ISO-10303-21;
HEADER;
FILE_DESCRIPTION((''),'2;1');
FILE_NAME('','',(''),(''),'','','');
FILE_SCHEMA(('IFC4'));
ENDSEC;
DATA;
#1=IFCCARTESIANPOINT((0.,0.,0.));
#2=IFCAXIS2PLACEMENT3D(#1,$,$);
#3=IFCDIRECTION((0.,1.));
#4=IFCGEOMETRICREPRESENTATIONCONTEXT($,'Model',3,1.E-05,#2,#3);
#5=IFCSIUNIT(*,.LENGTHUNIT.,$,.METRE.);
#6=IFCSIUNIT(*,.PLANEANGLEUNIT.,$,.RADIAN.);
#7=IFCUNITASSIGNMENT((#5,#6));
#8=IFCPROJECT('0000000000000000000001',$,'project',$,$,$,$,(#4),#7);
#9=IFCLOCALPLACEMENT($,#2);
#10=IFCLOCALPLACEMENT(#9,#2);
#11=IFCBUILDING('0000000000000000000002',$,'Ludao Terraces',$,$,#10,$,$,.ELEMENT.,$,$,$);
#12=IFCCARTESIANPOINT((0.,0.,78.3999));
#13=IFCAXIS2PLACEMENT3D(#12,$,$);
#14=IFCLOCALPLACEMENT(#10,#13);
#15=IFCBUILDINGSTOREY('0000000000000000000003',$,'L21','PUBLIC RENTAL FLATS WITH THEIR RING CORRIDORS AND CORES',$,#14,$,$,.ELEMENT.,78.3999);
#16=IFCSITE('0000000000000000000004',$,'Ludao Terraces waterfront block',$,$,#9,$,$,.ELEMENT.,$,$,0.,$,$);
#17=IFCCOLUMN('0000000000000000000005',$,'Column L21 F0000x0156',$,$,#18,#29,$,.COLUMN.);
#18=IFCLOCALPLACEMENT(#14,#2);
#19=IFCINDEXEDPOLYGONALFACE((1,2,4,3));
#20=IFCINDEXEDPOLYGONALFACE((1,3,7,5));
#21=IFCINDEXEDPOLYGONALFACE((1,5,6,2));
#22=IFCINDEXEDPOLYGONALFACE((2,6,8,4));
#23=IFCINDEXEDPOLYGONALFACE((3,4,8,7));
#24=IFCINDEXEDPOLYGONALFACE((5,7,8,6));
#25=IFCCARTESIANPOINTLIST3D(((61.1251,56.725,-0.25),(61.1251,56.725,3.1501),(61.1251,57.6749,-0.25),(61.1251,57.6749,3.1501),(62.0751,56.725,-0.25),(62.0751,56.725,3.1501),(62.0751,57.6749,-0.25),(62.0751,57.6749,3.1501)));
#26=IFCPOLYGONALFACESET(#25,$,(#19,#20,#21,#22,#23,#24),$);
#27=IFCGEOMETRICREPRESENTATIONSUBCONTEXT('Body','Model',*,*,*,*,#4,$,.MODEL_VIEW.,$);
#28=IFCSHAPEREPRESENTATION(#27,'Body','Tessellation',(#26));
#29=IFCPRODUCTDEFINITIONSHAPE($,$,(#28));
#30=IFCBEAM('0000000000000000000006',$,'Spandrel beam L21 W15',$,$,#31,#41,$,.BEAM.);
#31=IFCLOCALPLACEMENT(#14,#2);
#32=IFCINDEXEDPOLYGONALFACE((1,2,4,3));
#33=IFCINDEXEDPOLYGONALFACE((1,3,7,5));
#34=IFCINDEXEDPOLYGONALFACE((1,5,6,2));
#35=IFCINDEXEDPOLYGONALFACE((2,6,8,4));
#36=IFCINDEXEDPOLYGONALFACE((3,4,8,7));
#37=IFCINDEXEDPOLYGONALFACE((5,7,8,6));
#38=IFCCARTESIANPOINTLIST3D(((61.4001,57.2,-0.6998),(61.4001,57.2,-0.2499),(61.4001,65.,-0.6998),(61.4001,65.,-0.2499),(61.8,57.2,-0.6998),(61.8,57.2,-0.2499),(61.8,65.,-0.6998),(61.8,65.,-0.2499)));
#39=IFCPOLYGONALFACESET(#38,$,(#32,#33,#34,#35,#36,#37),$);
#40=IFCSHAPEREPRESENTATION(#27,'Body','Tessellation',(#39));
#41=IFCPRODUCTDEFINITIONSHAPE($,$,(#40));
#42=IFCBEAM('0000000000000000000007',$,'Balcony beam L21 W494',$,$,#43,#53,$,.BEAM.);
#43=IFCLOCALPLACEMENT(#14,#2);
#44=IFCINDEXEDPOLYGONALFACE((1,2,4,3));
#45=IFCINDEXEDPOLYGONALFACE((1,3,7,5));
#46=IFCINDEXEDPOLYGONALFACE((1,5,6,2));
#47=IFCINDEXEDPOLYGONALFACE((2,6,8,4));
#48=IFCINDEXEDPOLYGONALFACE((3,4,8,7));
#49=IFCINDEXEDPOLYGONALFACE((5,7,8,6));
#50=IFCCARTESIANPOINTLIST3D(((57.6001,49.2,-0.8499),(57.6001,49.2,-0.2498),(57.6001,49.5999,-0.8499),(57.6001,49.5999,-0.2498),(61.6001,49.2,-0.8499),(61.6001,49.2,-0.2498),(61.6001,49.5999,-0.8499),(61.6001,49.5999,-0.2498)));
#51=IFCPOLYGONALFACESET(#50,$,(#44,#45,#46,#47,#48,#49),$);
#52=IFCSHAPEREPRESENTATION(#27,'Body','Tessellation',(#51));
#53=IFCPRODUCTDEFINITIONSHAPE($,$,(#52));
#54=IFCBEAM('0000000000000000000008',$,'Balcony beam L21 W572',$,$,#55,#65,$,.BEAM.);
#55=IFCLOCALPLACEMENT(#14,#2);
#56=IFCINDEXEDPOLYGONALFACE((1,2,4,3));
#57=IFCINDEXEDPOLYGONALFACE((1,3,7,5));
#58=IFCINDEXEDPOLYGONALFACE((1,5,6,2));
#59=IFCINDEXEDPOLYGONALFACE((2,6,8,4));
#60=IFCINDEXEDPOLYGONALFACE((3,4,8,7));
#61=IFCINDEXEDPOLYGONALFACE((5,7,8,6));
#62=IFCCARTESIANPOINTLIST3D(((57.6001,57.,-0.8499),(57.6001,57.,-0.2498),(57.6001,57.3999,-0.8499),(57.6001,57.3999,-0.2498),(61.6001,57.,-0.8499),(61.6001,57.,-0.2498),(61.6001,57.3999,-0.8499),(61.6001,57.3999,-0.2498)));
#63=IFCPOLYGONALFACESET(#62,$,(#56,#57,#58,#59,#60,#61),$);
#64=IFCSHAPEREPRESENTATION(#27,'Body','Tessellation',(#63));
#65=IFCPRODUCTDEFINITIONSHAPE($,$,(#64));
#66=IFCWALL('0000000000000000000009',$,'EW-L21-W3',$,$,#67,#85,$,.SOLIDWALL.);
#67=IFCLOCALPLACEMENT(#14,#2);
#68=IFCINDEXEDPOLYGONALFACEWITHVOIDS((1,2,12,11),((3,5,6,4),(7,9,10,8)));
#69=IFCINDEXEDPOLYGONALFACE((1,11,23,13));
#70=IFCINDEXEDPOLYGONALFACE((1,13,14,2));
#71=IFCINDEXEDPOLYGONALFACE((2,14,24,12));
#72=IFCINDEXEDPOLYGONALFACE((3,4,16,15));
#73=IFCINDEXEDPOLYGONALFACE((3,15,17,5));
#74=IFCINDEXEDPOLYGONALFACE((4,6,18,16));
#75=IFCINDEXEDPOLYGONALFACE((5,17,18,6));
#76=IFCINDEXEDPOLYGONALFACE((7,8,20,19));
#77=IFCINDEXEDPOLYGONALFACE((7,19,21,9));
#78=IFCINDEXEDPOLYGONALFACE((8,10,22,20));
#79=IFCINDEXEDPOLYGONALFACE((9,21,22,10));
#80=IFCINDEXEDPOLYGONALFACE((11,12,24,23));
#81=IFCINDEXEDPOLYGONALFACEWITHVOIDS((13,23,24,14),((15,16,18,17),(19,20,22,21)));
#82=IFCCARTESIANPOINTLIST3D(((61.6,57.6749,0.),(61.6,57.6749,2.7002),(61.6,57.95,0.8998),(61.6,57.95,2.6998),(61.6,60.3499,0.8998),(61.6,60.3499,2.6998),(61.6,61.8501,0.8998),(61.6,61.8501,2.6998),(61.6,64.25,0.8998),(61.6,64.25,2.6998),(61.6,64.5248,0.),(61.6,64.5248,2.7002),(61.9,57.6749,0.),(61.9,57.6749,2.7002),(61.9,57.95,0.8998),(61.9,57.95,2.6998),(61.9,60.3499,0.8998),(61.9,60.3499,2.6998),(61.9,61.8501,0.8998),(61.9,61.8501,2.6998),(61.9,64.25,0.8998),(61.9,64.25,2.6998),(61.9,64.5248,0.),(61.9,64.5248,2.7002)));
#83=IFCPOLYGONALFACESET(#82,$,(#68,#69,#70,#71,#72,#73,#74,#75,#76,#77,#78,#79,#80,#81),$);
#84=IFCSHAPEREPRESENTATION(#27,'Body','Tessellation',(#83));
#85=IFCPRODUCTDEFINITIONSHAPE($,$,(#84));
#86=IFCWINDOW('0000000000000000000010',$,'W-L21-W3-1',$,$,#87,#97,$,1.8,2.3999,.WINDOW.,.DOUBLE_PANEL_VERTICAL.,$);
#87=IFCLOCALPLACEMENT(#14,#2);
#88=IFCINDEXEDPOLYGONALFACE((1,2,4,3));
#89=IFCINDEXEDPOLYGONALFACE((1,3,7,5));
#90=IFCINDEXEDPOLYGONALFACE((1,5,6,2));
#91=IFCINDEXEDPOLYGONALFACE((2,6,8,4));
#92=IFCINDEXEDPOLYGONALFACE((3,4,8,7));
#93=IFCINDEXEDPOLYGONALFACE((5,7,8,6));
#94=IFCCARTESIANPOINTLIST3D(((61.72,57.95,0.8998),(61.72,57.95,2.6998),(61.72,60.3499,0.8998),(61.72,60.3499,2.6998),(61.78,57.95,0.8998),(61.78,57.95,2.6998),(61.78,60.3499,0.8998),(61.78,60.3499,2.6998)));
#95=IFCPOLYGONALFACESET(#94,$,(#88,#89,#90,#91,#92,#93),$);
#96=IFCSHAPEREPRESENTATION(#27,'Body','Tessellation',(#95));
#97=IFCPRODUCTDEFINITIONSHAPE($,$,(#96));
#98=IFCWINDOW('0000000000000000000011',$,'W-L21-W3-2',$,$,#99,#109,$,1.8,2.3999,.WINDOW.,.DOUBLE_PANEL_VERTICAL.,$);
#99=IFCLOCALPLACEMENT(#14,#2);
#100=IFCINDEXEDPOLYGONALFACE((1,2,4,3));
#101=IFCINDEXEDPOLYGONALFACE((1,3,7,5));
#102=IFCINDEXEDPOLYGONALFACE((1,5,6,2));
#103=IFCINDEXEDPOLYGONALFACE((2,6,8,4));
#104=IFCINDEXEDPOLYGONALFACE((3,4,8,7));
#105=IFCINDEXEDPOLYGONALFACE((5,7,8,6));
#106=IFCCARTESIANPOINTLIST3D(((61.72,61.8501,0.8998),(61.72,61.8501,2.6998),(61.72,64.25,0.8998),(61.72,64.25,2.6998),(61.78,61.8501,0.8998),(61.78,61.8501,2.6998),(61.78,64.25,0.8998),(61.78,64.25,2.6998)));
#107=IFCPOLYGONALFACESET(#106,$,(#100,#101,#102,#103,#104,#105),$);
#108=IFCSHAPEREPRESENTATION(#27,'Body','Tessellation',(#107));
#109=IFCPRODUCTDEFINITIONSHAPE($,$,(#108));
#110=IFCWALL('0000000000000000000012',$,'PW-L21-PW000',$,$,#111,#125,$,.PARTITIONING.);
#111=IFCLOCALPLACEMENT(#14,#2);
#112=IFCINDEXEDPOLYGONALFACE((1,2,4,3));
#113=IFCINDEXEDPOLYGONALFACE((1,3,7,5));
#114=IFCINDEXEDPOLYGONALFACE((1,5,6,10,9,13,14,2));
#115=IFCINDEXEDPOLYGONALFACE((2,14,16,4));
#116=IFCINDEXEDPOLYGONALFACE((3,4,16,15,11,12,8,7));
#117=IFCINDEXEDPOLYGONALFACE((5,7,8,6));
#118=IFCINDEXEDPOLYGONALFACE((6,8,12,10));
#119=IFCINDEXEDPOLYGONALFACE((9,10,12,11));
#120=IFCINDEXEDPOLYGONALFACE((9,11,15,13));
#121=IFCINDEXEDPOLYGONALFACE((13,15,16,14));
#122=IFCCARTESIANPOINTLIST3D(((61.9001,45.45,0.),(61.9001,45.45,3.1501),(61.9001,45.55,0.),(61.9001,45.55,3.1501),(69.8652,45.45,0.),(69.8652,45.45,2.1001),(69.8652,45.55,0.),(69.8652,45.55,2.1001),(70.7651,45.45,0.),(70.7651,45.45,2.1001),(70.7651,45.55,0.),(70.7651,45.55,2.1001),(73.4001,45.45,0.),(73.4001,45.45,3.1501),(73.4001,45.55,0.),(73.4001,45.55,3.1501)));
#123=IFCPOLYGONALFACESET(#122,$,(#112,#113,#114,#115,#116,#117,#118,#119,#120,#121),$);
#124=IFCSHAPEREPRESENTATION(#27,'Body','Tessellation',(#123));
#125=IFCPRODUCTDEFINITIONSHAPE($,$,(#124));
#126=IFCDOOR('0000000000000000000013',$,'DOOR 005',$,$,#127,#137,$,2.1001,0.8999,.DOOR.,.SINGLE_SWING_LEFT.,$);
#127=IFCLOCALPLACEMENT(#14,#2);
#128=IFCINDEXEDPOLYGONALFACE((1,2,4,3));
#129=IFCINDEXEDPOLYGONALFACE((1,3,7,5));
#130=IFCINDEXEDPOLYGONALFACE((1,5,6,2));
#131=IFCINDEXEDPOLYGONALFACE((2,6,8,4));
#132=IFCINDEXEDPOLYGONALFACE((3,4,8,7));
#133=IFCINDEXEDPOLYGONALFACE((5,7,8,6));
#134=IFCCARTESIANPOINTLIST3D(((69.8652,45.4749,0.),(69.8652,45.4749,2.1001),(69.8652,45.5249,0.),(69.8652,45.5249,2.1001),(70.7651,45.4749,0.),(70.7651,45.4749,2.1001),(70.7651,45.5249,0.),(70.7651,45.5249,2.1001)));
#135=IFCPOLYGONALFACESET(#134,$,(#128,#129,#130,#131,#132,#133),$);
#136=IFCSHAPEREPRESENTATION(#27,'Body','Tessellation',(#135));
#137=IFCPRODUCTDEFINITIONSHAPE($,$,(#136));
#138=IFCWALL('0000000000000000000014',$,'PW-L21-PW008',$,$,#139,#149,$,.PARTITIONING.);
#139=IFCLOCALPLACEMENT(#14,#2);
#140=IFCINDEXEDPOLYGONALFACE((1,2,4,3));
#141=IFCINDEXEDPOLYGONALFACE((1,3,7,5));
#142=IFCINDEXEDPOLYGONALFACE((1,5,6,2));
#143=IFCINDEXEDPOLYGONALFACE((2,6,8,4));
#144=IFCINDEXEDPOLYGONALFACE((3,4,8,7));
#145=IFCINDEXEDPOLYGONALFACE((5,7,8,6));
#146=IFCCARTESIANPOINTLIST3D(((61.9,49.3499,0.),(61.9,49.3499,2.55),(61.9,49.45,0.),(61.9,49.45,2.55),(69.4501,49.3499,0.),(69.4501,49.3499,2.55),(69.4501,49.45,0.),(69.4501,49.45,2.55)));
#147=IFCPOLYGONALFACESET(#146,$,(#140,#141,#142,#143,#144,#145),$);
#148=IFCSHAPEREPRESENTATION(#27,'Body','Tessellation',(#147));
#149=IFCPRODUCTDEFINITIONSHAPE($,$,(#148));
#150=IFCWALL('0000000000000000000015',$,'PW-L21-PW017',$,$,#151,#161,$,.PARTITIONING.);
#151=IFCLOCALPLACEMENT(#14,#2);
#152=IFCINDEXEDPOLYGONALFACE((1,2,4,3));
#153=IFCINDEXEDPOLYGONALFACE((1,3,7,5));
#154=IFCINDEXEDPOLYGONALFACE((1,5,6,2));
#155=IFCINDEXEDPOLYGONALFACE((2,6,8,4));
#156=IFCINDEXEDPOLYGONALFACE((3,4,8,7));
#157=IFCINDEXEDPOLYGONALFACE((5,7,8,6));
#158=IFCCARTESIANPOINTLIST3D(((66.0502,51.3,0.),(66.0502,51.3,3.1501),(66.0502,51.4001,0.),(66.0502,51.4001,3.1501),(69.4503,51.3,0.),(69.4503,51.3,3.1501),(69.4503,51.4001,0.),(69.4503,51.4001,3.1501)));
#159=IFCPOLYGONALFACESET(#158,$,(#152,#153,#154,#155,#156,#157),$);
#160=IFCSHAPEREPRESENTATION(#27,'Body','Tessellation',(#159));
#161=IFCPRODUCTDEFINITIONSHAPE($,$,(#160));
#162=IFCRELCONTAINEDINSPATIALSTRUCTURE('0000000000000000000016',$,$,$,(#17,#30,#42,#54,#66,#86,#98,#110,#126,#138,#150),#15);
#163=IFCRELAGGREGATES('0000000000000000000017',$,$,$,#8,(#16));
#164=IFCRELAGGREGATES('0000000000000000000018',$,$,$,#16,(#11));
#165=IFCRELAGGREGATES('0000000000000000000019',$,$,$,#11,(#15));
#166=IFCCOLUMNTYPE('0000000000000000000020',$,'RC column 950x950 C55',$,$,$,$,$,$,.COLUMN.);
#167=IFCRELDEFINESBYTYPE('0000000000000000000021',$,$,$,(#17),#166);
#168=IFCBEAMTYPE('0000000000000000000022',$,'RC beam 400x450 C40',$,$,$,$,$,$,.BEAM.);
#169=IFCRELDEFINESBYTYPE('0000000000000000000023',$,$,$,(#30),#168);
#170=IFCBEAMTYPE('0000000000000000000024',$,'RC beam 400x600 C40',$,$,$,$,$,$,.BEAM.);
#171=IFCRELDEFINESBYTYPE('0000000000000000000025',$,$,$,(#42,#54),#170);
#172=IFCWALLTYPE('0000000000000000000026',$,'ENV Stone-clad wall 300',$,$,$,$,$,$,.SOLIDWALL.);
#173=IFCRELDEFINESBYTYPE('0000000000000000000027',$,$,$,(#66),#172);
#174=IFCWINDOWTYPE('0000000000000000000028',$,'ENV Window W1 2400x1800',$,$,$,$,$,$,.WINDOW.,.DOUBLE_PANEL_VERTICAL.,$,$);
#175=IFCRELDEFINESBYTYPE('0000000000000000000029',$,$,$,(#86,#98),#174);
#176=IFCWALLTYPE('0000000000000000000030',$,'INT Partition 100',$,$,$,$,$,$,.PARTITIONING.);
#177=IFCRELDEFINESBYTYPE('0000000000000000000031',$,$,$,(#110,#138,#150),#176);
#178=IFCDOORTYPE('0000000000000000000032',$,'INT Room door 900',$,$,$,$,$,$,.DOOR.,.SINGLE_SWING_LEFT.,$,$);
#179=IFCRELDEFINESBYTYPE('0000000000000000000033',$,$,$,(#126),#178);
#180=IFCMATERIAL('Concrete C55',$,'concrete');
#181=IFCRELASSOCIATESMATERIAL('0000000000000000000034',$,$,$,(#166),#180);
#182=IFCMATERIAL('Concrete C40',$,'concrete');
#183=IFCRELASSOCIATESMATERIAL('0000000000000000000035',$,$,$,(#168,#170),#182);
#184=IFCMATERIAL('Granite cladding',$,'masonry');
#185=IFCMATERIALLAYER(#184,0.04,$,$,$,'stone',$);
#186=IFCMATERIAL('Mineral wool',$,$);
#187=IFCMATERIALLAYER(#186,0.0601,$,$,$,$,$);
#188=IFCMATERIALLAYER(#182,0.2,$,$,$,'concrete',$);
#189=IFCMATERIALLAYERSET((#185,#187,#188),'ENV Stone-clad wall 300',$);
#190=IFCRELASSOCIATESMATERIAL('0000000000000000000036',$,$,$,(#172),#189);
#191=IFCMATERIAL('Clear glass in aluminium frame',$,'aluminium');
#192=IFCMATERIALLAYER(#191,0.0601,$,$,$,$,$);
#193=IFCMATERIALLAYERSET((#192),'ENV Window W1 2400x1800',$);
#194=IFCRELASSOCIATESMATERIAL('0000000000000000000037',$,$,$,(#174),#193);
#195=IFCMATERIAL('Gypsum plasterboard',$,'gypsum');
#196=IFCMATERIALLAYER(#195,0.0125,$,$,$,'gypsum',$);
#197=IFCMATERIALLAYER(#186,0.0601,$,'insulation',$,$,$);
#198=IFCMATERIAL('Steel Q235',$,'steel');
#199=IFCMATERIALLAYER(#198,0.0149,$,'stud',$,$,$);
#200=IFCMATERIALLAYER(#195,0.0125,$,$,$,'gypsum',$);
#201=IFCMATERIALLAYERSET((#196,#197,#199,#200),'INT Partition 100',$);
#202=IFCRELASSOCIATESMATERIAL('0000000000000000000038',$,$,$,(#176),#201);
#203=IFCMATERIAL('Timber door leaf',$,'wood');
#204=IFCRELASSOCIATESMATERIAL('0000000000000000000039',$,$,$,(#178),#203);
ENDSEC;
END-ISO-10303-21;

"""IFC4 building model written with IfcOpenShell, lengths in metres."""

from ifc_helpers import new_model, si_unit, direction, frame, frame_2d, origin, origin_2d, place, context, subcontext, project, spatial, rectangle, extrude, material, layer, layer_set, material_profile, profile_set, type_object, element, fill, save


model = new_model("IFC4")

# Units and contexts
model_context = context("Model", 3, precision=1e-05, world=origin(), true_north=direction((0.0, 1.0)))
body_context = subcontext(model_context, "Body", "Model", "MODEL_VIEW")
ifc_project = project(units=[si_unit("LENGTHUNIT", "METRE"), si_unit("PLANEANGLEUNIT", "RADIAN")], contexts=[model_context])

# Site, building, storey
site_placement = place(None, origin())
site = spatial("IfcSite", under=ifc_project, at=site_placement, Name="Ludao Terraces waterfront block", CompositionType="ELEMENT", RefElevation=0.0)
building_placement = place(site_placement, origin())
building = spatial("IfcBuilding", under=site, at=building_placement, Name="Ludao Terraces", CompositionType="ELEMENT")
storey_placement = place(building_placement, frame((0.0, 0.0, 78.3999)))
storey = spatial("IfcBuildingStorey", under=building, at=storey_placement, Name="L21", Description="PUBLIC RENTAL FLATS WITH THEIR RING CORRIDORS AND CORES", CompositionType="ELEMENT", Elevation=78.3999)

# Column
ifc_material_1 = material(Name="Concrete C55", Category="concrete")
ifc_material_profile_1 = material_profile(ifc_material_1, rectangle(XDim=0.95, YDim=0.95, at=origin_2d()), Name="950 X 950")
ifc_profile_set_1 = profile_set([ifc_material_profile_1], Name="Concrete C55")
column_type = type_object("IfcColumnType", Name="RC column 950x950 C55", PredefinedType="COLUMN", material=ifc_profile_set_1)
column_placement = place(storey_placement, frame((61.6001, 57.2, -0.25), z_axis=(0.0, 0.0, 1.0), x_axis=(1.0, 0.0, 0.0)))
element("IfcColumn", 1, at=column_placement, inside=storey, type_object=column_type, Name="Column L21 F0000x0156", PredefinedType="COLUMN", context=body_context, shape_type="SweptSolid", body=[
    extrude(rectangle(XDim=0.95, YDim=0.95, at=origin_2d()), origin(), (0.0, 0.0, 1.0), 3.4001),
])

# Beams
ifc_material_2 = material(Name="Concrete C40", Category="concrete")
ifc_material_profile_2 = material_profile(ifc_material_2, rectangle(XDim=0.3999, YDim=0.45, at=origin_2d()), Name="400 X 450")
ifc_profile_set_2 = profile_set([ifc_material_profile_2], Name="Concrete C40")
beam_type_1 = type_object("IfcBeamType", Name="RC beam 400x450 C40", PredefinedType="BEAM", material=ifc_profile_set_2)
beam_placement = place(storey_placement, frame((61.6001, 57.2, -0.4749), z_axis=(0.0, 1.0, 0.0), x_axis=(-1.0, 0.0, 0.0)))
element("IfcBeam", 2, at=beam_placement, inside=storey, type_object=beam_type_1, Name="Spandrel beam L21 W15", PredefinedType="BEAM", context=body_context, shape_type="SweptSolid", body=[
    extrude(rectangle(XDim=0.3999, YDim=0.45, at=origin_2d()), origin(), (0.0, 0.0, 1.0), 7.8),
])
ifc_material_profile_3 = material_profile(ifc_material_2, rectangle(XDim=0.3999, YDim=0.6001, at=origin_2d()), Name="400 X 600")
ifc_profile_set_3 = profile_set([ifc_material_profile_3], Name="Concrete C40")
beam_type_2 = type_object("IfcBeamType", Name="RC beam 400x600 C40", PredefinedType="BEAM", material=ifc_profile_set_3)
for number, where, z_axis, x_axis, name in (
    (3, (61.6001, 49.3999, -0.5498), (-1.0, 0.0, 0.0), (0.0, -1.0, 0.0), "Balcony beam L21 W494"),
    (4, (61.6001, 57.2, -0.5498), (-1.0, 0.0, 0.0), (0.0, -1.0, 0.0), "Balcony beam L21 W572"),
):
    element("IfcBeam", number, at=place(storey_placement, frame(where, z_axis=z_axis, x_axis=x_axis)), inside=storey, type_object=beam_type_2, Name=name, PredefinedType="BEAM", context=body_context, shape_type="SweptSolid", body=[
        extrude(rectangle(XDim=0.3999, YDim=0.6001, at=origin_2d()), origin(), (0.0, 0.0, 1.0), 4.0),
    ])

# Shared definitions
ifc_material_3 = material(Name="Granite cladding", Category="masonry")
ifc_layer_1 = layer(ifc_material_3, 0.04, Category="stone")
ifc_material_4 = material(Name="Mineral wool")
ifc_layer_2 = layer(ifc_material_4, 0.0601)
ifc_layer_3 = layer(ifc_material_2, 0.2, Category="concrete")
ifc_layer_set_1 = layer_set([ifc_layer_1, ifc_layer_2, ifc_layer_3], Name="ENV Stone-clad wall 300")
wall_type_1 = type_object("IfcWallType", Name="ENV Stone-clad wall 300", PredefinedType="SOLIDWALL", material=ifc_layer_set_1)
ifc_material_5 = material(Name="Clear glass in aluminium frame", Category="aluminium")
ifc_layer_4 = layer(ifc_material_5, 0.0601)
ifc_layer_set_2 = layer_set([ifc_layer_4], Name="ENV Window W1 2400x1800")
window_type = type_object("IfcWindowType", Name="ENV Window W1 2400x1800", PartitioningType="DOUBLE_PANEL_VERTICAL", PredefinedType="WINDOW", material=ifc_layer_set_2)

# Wall, openings, windows
wall_1_placement = place(storey_placement, frame((61.75, 57.675, 0.0), z_axis=(0.0, 0.0, 1.0), x_axis=(0.0, 1.0, 0.0)))
wall_1 = element("IfcWall", 5, at=wall_1_placement, inside=storey, type_object=wall_type_1, Name="EW-L21-W3", PredefinedType="SOLIDWALL", context=body_context, shape_type="SweptSolid", body=[
    extrude(rectangle(XDim=6.8499, YDim=0.3, at=frame_2d((3.4248, 0.0))), origin(), (0.0, 0.0, 1.0), 2.7002),
])
opening_1_placement = place(wall_1_placement, frame((0.2749, 0.0, 0.8999)))
opening_1 = element("IfcOpeningElement", 6, at=opening_1_placement, cuts=wall_1, PredefinedType="OPENING", context=body_context, shape_type="SweptSolid", body=[
    extrude(rectangle(XDim=2.3999, YDim=1.8, at=frame_2d((1.2, 0.8999))), frame((0.0, 0.1602, 0.0), z_axis=(0.0, -1.0, 0.0), x_axis=(1.0, 0.0, 0.0)), (0.0, 0.0, 1.0), 0.3201),
])
opening_2_placement = place(wall_1_placement, frame((4.175, 0.0, 0.8999)))
opening_2 = element("IfcOpeningElement", 7, at=opening_2_placement, cuts=wall_1, PredefinedType="OPENING", context=body_context, shape_type="SweptSolid", body=[
    extrude(rectangle(XDim=2.3999, YDim=1.8, at=frame_2d((1.2, 0.8999))), frame((0.0, 0.1602, 0.0), z_axis=(0.0, -1.0, 0.0), x_axis=(1.0, 0.0, 0.0)), (0.0, 0.0, 1.0), 0.3201),
])
window_1_placement = place(opening_1_placement, origin())
window_1 = element("IfcWindow", 8, at=window_1_placement, inside=storey, type_object=window_type, Name="W-L21-W3-1", OverallHeight=1.8, OverallWidth=2.3999, PartitioningType="DOUBLE_PANEL_VERTICAL", PredefinedType="WINDOW", context=body_context, shape_type="SweptSolid", body=[
    extrude(rectangle(XDim=2.3999, YDim=1.8, at=frame_2d((1.2, 0.8999))), frame((0.0, 0.03, 0.0), z_axis=(0.0, -1.0, 0.0), x_axis=(1.0, 0.0, 0.0)), (0.0, 0.0, 1.0), 0.0601),
])
fill(opening_1, window_1)
window_2_placement = place(opening_2_placement, origin())
window_2 = element("IfcWindow", 9, at=window_2_placement, inside=storey, type_object=window_type, Name="W-L21-W3-2", OverallHeight=1.8, OverallWidth=2.3999, PartitioningType="DOUBLE_PANEL_VERTICAL", PredefinedType="WINDOW", context=body_context, shape_type="SweptSolid", body=[
    extrude(rectangle(XDim=2.3999, YDim=1.8, at=frame_2d((1.2, 0.8999))), frame((0.0, 0.03, 0.0), z_axis=(0.0, -1.0, 0.0), x_axis=(1.0, 0.0, 0.0)), (0.0, 0.0, 1.0), 0.0601),
])
fill(opening_2, window_2)

# Wall, opening, door
ifc_material_6 = material(Name="Gypsum plasterboard", Category="gypsum")
ifc_layer_5 = layer(ifc_material_6, 0.0125, Category="gypsum")
ifc_layer_6 = layer(ifc_material_4, 0.0601, Name="insulation")
ifc_material_7 = material(Name="Steel Q235", Category="steel")
ifc_layer_7 = layer(ifc_material_7, 0.0149, Name="stud")
ifc_layer_8 = layer(ifc_material_6, 0.0125, Category="gypsum")
ifc_layer_set_3 = layer_set([ifc_layer_5, ifc_layer_6, ifc_layer_7, ifc_layer_8], Name="INT Partition 100")
wall_type_2 = type_object("IfcWallType", Name="INT Partition 100", PredefinedType="PARTITIONING", material=ifc_layer_set_3)
wall_2_placement = place(storey_placement, frame((61.9001, 45.5, 0.0), z_axis=(0.0, 0.0, 1.0), x_axis=(1.0, 0.0, 0.0)))
wall_2 = element("IfcWall", 10, at=wall_2_placement, inside=storey, type_object=wall_type_2, Name="PW-L21-PW000", PredefinedType="PARTITIONING", context=body_context, shape_type="SweptSolid", body=[
    extrude(rectangle(XDim=11.5, YDim=0.1001, at=frame_2d((5.75, 0.0))), origin(), (0.0, 0.0, 1.0), 3.1501),
])
opening_3_placement = place(wall_2_placement, frame((7.9651, 0.0, 0.0)))
opening_3 = element("IfcOpeningElement", 11, at=opening_3_placement, cuts=wall_2, PredefinedType="OPENING", context=body_context, shape_type="SweptSolid", body=[
    extrude(rectangle(XDim=0.8999, YDim=2.1001, at=frame_2d((0.45, 1.05))), frame((0.0, 0.0601, 0.0), z_axis=(0.0, -1.0, 0.0), x_axis=(1.0, 0.0, 0.0)), (0.0, 0.0, 1.0), 0.1201),
])
ifc_material_8 = material(Name="Timber door leaf", Category="wood")
door_type_1 = type_object("IfcDoorType", Name="INT Room door 900", OperationType="SINGLE_SWING_LEFT", PredefinedType="DOOR", material=ifc_material_8)
door_1_placement = place(opening_3_placement, origin())
door_1 = element("IfcDoor", 12, at=door_1_placement, inside=storey, type_object=door_type_1, Name="DOOR 005", OperationType="SINGLE_SWING_LEFT", OverallHeight=2.1001, OverallWidth=0.8999, PredefinedType="DOOR", context=body_context, shape_type="SweptSolid", body=[
    extrude(rectangle(XDim=0.8999, YDim=2.1001, at=frame_2d((0.45, 1.05))), frame((0.0, 0.0249, 0.0), z_axis=(0.0, -1.0, 0.0), x_axis=(1.0, 0.0, 0.0)), (0.0, 0.0, 1.0), 0.05),
])
fill(opening_3, door_1)

# Walls
wall_3_placement = place(storey_placement, frame((61.9001, 49.3999, 0.0), z_axis=(0.0, 0.0, 1.0), x_axis=(1.0, 0.0, 0.0)))
element("IfcWall", 13, at=wall_3_placement, inside=storey, type_object=wall_type_2, Name="PW-L21-PW008", PredefinedType="PARTITIONING", context=body_context, shape_type="SweptSolid", body=[
    extrude(rectangle(XDim=7.55, YDim=0.1001, at=frame_2d((3.7749, 0.0))), origin(), (0.0, 0.0, 1.0), 2.55),
])
wall_4_placement = place(storey_placement, frame((66.05, 51.3501, 0.0), z_axis=(0.0, 0.0, 1.0), x_axis=(1.0, 0.0, 0.0)))
element("IfcWall", 14, at=wall_4_placement, inside=storey, type_object=wall_type_2, Name="PW-L21-PW017", PredefinedType="PARTITIONING", context=body_context, shape_type="SweptSolid", body=[
    extrude(rectangle(XDim=3.4001, YDim=0.1001, at=frame_2d((1.7002, 0.0))), origin(), (0.0, 0.0, 1.0), 3.1501),
])

save(model, "model.ifc")
